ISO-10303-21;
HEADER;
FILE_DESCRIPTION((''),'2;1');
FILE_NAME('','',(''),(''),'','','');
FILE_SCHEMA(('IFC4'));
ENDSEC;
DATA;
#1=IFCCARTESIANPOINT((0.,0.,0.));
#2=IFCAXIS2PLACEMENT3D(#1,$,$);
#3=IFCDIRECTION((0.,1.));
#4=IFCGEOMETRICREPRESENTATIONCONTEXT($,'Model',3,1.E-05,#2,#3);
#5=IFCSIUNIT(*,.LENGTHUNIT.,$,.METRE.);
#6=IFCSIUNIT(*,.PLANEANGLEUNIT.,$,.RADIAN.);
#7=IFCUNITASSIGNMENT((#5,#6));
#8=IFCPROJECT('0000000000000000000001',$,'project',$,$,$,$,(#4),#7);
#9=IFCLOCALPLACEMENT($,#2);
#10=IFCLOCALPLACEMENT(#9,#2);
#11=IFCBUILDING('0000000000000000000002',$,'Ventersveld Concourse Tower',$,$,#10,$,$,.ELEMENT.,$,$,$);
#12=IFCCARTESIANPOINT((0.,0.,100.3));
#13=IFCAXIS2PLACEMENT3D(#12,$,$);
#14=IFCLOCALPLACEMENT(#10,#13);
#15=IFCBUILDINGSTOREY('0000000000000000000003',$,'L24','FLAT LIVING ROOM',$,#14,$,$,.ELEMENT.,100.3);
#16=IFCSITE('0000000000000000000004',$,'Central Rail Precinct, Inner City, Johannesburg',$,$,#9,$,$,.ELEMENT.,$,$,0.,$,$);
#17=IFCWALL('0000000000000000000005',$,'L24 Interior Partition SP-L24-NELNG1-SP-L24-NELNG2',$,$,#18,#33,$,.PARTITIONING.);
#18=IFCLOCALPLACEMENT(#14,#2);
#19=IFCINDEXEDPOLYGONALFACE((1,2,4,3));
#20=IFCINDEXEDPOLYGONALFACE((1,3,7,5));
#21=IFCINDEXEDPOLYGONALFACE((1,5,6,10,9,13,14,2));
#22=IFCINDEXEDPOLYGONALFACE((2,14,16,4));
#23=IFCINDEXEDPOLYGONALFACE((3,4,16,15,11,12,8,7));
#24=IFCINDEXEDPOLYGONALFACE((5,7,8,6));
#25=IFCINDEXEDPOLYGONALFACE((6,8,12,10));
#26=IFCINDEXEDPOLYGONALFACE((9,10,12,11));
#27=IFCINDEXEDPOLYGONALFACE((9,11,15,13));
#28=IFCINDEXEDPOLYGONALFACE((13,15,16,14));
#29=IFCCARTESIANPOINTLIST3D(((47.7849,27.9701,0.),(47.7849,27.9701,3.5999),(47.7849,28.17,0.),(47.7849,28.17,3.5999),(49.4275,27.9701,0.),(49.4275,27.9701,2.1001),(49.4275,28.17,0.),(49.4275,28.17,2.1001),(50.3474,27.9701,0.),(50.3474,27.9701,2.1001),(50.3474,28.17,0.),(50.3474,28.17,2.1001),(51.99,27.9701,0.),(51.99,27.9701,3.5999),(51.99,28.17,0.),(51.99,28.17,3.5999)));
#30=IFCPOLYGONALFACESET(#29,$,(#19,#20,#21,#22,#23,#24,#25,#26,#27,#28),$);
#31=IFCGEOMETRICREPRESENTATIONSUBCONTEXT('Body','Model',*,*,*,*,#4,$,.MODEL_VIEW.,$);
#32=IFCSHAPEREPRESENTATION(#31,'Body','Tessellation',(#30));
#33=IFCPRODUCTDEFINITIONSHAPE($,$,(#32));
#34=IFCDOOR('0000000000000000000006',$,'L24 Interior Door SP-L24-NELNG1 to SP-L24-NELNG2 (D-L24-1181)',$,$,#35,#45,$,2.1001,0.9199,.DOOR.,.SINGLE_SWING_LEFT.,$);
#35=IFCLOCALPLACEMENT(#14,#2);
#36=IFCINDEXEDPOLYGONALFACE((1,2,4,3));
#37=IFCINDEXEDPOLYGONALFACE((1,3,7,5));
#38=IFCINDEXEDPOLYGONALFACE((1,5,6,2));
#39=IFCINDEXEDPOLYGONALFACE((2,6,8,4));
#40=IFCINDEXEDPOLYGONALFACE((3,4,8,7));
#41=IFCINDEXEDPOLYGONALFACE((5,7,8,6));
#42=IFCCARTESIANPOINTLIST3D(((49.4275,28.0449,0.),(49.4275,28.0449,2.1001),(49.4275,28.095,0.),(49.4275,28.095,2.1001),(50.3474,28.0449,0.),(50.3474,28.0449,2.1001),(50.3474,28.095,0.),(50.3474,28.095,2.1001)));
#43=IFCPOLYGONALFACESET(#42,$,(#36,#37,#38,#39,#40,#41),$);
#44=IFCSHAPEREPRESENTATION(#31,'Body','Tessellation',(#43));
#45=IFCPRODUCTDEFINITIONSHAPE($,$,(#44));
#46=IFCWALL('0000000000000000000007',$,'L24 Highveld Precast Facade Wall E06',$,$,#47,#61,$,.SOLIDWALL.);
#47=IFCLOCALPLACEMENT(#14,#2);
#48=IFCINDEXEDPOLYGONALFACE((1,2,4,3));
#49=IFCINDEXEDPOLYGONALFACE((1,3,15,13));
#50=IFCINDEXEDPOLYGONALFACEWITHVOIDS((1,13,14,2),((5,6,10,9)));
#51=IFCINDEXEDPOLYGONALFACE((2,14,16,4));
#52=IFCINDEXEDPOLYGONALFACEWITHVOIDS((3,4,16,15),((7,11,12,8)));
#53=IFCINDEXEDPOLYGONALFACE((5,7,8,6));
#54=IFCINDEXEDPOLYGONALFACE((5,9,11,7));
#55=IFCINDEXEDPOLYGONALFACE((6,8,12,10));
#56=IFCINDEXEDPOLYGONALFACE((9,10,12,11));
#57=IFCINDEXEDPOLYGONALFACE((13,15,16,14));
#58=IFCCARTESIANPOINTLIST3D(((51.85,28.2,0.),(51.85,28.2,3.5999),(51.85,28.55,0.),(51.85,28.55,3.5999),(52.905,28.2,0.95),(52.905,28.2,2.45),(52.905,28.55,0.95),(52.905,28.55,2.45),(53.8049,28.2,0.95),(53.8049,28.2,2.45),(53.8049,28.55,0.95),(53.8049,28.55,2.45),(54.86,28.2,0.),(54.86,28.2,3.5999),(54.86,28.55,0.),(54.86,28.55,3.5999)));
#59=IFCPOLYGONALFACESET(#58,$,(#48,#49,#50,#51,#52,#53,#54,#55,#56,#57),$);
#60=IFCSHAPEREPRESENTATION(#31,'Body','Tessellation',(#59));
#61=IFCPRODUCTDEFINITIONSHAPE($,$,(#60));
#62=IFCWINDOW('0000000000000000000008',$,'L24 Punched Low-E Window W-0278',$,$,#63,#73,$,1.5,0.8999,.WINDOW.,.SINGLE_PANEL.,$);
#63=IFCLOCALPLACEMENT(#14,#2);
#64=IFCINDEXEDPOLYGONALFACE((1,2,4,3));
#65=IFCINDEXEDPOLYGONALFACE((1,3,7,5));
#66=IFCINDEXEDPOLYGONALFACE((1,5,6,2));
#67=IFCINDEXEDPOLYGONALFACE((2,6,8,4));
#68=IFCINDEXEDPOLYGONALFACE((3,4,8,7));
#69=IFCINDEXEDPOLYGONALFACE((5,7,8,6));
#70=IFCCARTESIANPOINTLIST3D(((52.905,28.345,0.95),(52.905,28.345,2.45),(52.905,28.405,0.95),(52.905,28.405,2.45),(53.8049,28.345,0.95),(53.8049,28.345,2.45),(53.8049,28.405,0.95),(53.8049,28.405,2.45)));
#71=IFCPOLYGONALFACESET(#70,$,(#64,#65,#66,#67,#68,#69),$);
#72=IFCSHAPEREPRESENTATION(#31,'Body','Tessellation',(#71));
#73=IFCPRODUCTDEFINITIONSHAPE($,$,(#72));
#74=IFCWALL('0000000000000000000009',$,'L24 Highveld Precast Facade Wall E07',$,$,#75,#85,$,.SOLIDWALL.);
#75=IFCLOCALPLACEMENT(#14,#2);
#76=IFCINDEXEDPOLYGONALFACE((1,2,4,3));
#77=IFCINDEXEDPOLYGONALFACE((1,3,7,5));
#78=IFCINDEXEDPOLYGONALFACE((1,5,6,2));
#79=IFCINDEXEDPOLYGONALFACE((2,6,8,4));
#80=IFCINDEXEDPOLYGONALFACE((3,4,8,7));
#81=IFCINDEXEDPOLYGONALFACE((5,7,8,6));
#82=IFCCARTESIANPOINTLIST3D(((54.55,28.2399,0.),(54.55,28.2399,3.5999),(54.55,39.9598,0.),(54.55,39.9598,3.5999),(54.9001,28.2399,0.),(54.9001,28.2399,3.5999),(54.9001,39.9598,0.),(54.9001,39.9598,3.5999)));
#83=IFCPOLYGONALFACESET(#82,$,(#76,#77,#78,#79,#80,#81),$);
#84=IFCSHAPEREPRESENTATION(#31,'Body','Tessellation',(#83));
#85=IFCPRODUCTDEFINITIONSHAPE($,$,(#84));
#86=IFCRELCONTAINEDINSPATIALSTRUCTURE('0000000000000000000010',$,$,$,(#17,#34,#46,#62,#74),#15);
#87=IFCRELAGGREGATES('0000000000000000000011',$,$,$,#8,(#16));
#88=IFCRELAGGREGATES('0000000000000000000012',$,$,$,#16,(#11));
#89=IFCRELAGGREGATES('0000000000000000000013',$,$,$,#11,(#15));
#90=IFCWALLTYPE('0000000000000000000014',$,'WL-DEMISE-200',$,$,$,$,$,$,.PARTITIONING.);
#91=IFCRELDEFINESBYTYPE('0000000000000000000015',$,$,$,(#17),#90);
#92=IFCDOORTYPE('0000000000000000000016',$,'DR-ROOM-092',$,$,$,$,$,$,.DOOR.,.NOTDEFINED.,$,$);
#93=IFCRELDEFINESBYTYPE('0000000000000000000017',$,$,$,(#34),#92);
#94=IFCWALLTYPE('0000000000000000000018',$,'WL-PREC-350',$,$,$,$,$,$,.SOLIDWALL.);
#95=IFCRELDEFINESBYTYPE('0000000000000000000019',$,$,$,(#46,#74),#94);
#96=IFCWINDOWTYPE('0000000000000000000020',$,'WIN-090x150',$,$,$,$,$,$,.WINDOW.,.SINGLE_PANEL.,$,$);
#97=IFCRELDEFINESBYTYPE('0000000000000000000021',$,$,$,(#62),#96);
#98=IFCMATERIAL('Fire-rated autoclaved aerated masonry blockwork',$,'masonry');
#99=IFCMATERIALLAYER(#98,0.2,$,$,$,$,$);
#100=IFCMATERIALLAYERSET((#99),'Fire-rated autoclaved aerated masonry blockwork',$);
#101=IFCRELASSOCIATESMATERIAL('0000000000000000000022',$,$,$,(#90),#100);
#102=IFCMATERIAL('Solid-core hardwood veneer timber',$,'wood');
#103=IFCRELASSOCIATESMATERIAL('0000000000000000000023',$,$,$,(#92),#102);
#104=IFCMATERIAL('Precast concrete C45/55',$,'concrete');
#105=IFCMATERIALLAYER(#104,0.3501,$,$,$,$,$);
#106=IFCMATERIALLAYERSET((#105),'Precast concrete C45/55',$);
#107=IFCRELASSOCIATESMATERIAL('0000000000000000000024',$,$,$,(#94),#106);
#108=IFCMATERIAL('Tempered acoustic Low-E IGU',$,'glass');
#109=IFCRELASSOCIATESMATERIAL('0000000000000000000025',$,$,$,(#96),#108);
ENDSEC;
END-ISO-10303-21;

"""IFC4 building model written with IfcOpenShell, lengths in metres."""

from ifc_helpers import new_model, si_unit, direction, frame, frame_2d, origin, place, context, subcontext, project, spatial, rectangle, extrude, material, layer, layer_set, type_object, element, fill, save


model = new_model("IFC4")

# Units and contexts
model_context = context("Model", 3, precision=1e-05, world=origin(), true_north=direction((0.0, 1.0)))
body_context = subcontext(model_context, "Body", "Model", "MODEL_VIEW")
ifc_project = project(units=[si_unit("LENGTHUNIT", "METRE"), si_unit("PLANEANGLEUNIT", "RADIAN")], contexts=[model_context])

# Site, building, storey
site_placement = place(None, origin())
site = spatial("IfcSite", under=ifc_project, at=site_placement, Name="Central Rail Precinct, Inner City, Johannesburg", CompositionType="ELEMENT", RefElevation=0.0)
building_placement = place(site_placement, origin())
building = spatial("IfcBuilding", under=site, at=building_placement, Name="Ventersveld Concourse Tower", CompositionType="ELEMENT")
storey_placement = place(building_placement, frame((0.0, 0.0, 100.3)))
storey = spatial("IfcBuildingStorey", under=building, at=storey_placement, Name="L24", Description="FLAT LIVING ROOM", CompositionType="ELEMENT", Elevation=100.3)

# Shared definitions
ifc_material_1 = material(Name="Fire-rated autoclaved aerated masonry blockwork", Category="masonry")

# Wall, opening, door
ifc_layer_1 = layer(ifc_material_1, 0.2)
ifc_layer_set_1 = layer_set([ifc_layer_1], Name="Fire-rated autoclaved aerated masonry blockwork")
wall_type_1 = type_object("IfcWallType", Name="WL-DEMISE-200", PredefinedType="PARTITIONING", material=ifc_layer_set_1)
wall_1_placement = place(storey_placement, frame((47.7849, 28.0701, 0.0), z_axis=(0.0, 0.0, 1.0), x_axis=(1.0, 0.0, 0.0)))
wall_1 = element("IfcWall", 1, at=wall_1_placement, inside=storey, type_object=wall_type_1, Name="L24 Interior Partition SP-L24-NELNG1-SP-L24-NELNG2", PredefinedType="PARTITIONING", context=body_context, shape_type="SweptSolid", body=[
    extrude(rectangle(XDim=4.2051, YDim=0.2, at=frame_2d((2.1025, 0.0))), origin(), (0.0, 0.0, 1.0), 3.5999),
])
opening_1_placement = place(wall_1_placement, frame((1.6426, 0.0, 0.0)))
opening_1 = element("IfcOpeningElement", 2, at=opening_1_placement, cuts=wall_1, PredefinedType="OPENING", context=body_context, shape_type="SweptSolid", body=[
    extrude(rectangle(XDim=0.9199, YDim=2.1001, at=frame_2d((0.46, 1.05))), frame((0.0, 0.1099, 0.0), z_axis=(0.0, -1.0, 0.0), x_axis=(1.0, 0.0, 0.0)), (0.0, 0.0, 1.0), 0.22),
])
ifc_material_2 = material(Name="Solid-core hardwood veneer timber", Category="wood")
door_type = type_object("IfcDoorType", Name="DR-ROOM-092", OperationType="NOTDEFINED", PredefinedType="DOOR", material=ifc_material_2)
door_placement = place(opening_1_placement, origin())
door = element("IfcDoor", 3, at=door_placement, inside=storey, type_object=door_type, Name="L24 Interior Door SP-L24-NELNG1 to SP-L24-NELNG2 (D-L24-1181)", OperationType="SINGLE_SWING_LEFT", OverallHeight=2.1001, OverallWidth=0.9199, PredefinedType="DOOR", context=body_context, shape_type="SweptSolid", body=[
    extrude(rectangle(XDim=0.9199, YDim=2.1001, at=frame_2d((0.46, 1.05))), frame((0.0, 0.0249, 0.0), z_axis=(0.0, -1.0, 0.0), x_axis=(1.0, 0.0, 0.0)), (0.0, 0.0, 1.0), 0.05),
])
fill(opening_1, door)

# Wall, opening, window
ifc_material_3 = material(Name="Precast concrete C45/55", Category="concrete")
ifc_layer_2 = layer(ifc_material_3, 0.3501)
ifc_layer_set_2 = layer_set([ifc_layer_2], Name="Precast concrete C45/55")
wall_type_2 = type_object("IfcWallType", Name="WL-PREC-350", PredefinedType="SOLIDWALL", material=ifc_layer_set_2)
wall_2_placement = place(storey_placement, frame((51.8501, 28.375, 0.0), z_axis=(0.0, 0.0, 1.0), x_axis=(1.0, 0.0, 0.0)))
wall_2 = element("IfcWall", 4, at=wall_2_placement, inside=storey, type_object=wall_type_2, Name="L24 Highveld Precast Facade Wall E06", PredefinedType="SOLIDWALL", context=body_context, shape_type="SweptSolid", body=[
    extrude(rectangle(XDim=3.01, YDim=0.3501, at=frame_2d((1.5049, 0.0))), origin(), (0.0, 0.0, 1.0), 3.5999),
])
opening_2_placement = place(wall_2_placement, frame((1.0549, 0.0, 0.95)))
opening_2 = element("IfcOpeningElement", 5, at=opening_2_placement, cuts=wall_2, PredefinedType="OPENING", context=body_context, shape_type="SweptSolid", body=[
    extrude(rectangle(XDim=0.8999, YDim=1.5, at=frame_2d((0.45, 0.75))), frame((0.0, 0.1851, 0.0), z_axis=(0.0, -1.0, 0.0), x_axis=(1.0, 0.0, 0.0)), (0.0, 0.0, 1.0), 0.3701),
])
ifc_material_4 = material(Name="Tempered acoustic Low-E IGU", Category="glass")
window_type = type_object("IfcWindowType", Name="WIN-090x150", PartitioningType="SINGLE_PANEL", PredefinedType="WINDOW", material=ifc_material_4)
window_placement = place(opening_2_placement, origin())
window = element("IfcWindow", 6, at=window_placement, inside=storey, type_object=window_type, Name="L24 Punched Low-E Window W-0278", OverallHeight=1.5, OverallWidth=0.8999, PartitioningType="SINGLE_PANEL", PredefinedType="WINDOW", context=body_context, shape_type="SweptSolid", body=[
    extrude(rectangle(XDim=0.8999, YDim=1.5, at=frame_2d((0.45, 0.75))), frame((0.0, 0.03, 0.0), z_axis=(0.0, -1.0, 0.0), x_axis=(1.0, 0.0, 0.0)), (0.0, 0.0, 1.0), 0.0601),
])
fill(opening_2, window)

# Wall
wall_3_placement = place(storey_placement, frame((54.7251, 28.24, 0.0), z_axis=(0.0, 0.0, 1.0), x_axis=(0.0, 1.0, 0.0)))
element("IfcWall", 7, at=wall_3_placement, inside=storey, type_object=wall_type_2, Name="L24 Highveld Precast Facade Wall E07", PredefinedType="SOLIDWALL", context=body_context, shape_type="SweptSolid", body=[
    extrude(rectangle(XDim=11.72, YDim=0.3501, at=frame_2d((5.8599, 0.0))), origin(), (0.0, 0.0, 1.0), 3.5999),
])

save(model, "model.ifc")
